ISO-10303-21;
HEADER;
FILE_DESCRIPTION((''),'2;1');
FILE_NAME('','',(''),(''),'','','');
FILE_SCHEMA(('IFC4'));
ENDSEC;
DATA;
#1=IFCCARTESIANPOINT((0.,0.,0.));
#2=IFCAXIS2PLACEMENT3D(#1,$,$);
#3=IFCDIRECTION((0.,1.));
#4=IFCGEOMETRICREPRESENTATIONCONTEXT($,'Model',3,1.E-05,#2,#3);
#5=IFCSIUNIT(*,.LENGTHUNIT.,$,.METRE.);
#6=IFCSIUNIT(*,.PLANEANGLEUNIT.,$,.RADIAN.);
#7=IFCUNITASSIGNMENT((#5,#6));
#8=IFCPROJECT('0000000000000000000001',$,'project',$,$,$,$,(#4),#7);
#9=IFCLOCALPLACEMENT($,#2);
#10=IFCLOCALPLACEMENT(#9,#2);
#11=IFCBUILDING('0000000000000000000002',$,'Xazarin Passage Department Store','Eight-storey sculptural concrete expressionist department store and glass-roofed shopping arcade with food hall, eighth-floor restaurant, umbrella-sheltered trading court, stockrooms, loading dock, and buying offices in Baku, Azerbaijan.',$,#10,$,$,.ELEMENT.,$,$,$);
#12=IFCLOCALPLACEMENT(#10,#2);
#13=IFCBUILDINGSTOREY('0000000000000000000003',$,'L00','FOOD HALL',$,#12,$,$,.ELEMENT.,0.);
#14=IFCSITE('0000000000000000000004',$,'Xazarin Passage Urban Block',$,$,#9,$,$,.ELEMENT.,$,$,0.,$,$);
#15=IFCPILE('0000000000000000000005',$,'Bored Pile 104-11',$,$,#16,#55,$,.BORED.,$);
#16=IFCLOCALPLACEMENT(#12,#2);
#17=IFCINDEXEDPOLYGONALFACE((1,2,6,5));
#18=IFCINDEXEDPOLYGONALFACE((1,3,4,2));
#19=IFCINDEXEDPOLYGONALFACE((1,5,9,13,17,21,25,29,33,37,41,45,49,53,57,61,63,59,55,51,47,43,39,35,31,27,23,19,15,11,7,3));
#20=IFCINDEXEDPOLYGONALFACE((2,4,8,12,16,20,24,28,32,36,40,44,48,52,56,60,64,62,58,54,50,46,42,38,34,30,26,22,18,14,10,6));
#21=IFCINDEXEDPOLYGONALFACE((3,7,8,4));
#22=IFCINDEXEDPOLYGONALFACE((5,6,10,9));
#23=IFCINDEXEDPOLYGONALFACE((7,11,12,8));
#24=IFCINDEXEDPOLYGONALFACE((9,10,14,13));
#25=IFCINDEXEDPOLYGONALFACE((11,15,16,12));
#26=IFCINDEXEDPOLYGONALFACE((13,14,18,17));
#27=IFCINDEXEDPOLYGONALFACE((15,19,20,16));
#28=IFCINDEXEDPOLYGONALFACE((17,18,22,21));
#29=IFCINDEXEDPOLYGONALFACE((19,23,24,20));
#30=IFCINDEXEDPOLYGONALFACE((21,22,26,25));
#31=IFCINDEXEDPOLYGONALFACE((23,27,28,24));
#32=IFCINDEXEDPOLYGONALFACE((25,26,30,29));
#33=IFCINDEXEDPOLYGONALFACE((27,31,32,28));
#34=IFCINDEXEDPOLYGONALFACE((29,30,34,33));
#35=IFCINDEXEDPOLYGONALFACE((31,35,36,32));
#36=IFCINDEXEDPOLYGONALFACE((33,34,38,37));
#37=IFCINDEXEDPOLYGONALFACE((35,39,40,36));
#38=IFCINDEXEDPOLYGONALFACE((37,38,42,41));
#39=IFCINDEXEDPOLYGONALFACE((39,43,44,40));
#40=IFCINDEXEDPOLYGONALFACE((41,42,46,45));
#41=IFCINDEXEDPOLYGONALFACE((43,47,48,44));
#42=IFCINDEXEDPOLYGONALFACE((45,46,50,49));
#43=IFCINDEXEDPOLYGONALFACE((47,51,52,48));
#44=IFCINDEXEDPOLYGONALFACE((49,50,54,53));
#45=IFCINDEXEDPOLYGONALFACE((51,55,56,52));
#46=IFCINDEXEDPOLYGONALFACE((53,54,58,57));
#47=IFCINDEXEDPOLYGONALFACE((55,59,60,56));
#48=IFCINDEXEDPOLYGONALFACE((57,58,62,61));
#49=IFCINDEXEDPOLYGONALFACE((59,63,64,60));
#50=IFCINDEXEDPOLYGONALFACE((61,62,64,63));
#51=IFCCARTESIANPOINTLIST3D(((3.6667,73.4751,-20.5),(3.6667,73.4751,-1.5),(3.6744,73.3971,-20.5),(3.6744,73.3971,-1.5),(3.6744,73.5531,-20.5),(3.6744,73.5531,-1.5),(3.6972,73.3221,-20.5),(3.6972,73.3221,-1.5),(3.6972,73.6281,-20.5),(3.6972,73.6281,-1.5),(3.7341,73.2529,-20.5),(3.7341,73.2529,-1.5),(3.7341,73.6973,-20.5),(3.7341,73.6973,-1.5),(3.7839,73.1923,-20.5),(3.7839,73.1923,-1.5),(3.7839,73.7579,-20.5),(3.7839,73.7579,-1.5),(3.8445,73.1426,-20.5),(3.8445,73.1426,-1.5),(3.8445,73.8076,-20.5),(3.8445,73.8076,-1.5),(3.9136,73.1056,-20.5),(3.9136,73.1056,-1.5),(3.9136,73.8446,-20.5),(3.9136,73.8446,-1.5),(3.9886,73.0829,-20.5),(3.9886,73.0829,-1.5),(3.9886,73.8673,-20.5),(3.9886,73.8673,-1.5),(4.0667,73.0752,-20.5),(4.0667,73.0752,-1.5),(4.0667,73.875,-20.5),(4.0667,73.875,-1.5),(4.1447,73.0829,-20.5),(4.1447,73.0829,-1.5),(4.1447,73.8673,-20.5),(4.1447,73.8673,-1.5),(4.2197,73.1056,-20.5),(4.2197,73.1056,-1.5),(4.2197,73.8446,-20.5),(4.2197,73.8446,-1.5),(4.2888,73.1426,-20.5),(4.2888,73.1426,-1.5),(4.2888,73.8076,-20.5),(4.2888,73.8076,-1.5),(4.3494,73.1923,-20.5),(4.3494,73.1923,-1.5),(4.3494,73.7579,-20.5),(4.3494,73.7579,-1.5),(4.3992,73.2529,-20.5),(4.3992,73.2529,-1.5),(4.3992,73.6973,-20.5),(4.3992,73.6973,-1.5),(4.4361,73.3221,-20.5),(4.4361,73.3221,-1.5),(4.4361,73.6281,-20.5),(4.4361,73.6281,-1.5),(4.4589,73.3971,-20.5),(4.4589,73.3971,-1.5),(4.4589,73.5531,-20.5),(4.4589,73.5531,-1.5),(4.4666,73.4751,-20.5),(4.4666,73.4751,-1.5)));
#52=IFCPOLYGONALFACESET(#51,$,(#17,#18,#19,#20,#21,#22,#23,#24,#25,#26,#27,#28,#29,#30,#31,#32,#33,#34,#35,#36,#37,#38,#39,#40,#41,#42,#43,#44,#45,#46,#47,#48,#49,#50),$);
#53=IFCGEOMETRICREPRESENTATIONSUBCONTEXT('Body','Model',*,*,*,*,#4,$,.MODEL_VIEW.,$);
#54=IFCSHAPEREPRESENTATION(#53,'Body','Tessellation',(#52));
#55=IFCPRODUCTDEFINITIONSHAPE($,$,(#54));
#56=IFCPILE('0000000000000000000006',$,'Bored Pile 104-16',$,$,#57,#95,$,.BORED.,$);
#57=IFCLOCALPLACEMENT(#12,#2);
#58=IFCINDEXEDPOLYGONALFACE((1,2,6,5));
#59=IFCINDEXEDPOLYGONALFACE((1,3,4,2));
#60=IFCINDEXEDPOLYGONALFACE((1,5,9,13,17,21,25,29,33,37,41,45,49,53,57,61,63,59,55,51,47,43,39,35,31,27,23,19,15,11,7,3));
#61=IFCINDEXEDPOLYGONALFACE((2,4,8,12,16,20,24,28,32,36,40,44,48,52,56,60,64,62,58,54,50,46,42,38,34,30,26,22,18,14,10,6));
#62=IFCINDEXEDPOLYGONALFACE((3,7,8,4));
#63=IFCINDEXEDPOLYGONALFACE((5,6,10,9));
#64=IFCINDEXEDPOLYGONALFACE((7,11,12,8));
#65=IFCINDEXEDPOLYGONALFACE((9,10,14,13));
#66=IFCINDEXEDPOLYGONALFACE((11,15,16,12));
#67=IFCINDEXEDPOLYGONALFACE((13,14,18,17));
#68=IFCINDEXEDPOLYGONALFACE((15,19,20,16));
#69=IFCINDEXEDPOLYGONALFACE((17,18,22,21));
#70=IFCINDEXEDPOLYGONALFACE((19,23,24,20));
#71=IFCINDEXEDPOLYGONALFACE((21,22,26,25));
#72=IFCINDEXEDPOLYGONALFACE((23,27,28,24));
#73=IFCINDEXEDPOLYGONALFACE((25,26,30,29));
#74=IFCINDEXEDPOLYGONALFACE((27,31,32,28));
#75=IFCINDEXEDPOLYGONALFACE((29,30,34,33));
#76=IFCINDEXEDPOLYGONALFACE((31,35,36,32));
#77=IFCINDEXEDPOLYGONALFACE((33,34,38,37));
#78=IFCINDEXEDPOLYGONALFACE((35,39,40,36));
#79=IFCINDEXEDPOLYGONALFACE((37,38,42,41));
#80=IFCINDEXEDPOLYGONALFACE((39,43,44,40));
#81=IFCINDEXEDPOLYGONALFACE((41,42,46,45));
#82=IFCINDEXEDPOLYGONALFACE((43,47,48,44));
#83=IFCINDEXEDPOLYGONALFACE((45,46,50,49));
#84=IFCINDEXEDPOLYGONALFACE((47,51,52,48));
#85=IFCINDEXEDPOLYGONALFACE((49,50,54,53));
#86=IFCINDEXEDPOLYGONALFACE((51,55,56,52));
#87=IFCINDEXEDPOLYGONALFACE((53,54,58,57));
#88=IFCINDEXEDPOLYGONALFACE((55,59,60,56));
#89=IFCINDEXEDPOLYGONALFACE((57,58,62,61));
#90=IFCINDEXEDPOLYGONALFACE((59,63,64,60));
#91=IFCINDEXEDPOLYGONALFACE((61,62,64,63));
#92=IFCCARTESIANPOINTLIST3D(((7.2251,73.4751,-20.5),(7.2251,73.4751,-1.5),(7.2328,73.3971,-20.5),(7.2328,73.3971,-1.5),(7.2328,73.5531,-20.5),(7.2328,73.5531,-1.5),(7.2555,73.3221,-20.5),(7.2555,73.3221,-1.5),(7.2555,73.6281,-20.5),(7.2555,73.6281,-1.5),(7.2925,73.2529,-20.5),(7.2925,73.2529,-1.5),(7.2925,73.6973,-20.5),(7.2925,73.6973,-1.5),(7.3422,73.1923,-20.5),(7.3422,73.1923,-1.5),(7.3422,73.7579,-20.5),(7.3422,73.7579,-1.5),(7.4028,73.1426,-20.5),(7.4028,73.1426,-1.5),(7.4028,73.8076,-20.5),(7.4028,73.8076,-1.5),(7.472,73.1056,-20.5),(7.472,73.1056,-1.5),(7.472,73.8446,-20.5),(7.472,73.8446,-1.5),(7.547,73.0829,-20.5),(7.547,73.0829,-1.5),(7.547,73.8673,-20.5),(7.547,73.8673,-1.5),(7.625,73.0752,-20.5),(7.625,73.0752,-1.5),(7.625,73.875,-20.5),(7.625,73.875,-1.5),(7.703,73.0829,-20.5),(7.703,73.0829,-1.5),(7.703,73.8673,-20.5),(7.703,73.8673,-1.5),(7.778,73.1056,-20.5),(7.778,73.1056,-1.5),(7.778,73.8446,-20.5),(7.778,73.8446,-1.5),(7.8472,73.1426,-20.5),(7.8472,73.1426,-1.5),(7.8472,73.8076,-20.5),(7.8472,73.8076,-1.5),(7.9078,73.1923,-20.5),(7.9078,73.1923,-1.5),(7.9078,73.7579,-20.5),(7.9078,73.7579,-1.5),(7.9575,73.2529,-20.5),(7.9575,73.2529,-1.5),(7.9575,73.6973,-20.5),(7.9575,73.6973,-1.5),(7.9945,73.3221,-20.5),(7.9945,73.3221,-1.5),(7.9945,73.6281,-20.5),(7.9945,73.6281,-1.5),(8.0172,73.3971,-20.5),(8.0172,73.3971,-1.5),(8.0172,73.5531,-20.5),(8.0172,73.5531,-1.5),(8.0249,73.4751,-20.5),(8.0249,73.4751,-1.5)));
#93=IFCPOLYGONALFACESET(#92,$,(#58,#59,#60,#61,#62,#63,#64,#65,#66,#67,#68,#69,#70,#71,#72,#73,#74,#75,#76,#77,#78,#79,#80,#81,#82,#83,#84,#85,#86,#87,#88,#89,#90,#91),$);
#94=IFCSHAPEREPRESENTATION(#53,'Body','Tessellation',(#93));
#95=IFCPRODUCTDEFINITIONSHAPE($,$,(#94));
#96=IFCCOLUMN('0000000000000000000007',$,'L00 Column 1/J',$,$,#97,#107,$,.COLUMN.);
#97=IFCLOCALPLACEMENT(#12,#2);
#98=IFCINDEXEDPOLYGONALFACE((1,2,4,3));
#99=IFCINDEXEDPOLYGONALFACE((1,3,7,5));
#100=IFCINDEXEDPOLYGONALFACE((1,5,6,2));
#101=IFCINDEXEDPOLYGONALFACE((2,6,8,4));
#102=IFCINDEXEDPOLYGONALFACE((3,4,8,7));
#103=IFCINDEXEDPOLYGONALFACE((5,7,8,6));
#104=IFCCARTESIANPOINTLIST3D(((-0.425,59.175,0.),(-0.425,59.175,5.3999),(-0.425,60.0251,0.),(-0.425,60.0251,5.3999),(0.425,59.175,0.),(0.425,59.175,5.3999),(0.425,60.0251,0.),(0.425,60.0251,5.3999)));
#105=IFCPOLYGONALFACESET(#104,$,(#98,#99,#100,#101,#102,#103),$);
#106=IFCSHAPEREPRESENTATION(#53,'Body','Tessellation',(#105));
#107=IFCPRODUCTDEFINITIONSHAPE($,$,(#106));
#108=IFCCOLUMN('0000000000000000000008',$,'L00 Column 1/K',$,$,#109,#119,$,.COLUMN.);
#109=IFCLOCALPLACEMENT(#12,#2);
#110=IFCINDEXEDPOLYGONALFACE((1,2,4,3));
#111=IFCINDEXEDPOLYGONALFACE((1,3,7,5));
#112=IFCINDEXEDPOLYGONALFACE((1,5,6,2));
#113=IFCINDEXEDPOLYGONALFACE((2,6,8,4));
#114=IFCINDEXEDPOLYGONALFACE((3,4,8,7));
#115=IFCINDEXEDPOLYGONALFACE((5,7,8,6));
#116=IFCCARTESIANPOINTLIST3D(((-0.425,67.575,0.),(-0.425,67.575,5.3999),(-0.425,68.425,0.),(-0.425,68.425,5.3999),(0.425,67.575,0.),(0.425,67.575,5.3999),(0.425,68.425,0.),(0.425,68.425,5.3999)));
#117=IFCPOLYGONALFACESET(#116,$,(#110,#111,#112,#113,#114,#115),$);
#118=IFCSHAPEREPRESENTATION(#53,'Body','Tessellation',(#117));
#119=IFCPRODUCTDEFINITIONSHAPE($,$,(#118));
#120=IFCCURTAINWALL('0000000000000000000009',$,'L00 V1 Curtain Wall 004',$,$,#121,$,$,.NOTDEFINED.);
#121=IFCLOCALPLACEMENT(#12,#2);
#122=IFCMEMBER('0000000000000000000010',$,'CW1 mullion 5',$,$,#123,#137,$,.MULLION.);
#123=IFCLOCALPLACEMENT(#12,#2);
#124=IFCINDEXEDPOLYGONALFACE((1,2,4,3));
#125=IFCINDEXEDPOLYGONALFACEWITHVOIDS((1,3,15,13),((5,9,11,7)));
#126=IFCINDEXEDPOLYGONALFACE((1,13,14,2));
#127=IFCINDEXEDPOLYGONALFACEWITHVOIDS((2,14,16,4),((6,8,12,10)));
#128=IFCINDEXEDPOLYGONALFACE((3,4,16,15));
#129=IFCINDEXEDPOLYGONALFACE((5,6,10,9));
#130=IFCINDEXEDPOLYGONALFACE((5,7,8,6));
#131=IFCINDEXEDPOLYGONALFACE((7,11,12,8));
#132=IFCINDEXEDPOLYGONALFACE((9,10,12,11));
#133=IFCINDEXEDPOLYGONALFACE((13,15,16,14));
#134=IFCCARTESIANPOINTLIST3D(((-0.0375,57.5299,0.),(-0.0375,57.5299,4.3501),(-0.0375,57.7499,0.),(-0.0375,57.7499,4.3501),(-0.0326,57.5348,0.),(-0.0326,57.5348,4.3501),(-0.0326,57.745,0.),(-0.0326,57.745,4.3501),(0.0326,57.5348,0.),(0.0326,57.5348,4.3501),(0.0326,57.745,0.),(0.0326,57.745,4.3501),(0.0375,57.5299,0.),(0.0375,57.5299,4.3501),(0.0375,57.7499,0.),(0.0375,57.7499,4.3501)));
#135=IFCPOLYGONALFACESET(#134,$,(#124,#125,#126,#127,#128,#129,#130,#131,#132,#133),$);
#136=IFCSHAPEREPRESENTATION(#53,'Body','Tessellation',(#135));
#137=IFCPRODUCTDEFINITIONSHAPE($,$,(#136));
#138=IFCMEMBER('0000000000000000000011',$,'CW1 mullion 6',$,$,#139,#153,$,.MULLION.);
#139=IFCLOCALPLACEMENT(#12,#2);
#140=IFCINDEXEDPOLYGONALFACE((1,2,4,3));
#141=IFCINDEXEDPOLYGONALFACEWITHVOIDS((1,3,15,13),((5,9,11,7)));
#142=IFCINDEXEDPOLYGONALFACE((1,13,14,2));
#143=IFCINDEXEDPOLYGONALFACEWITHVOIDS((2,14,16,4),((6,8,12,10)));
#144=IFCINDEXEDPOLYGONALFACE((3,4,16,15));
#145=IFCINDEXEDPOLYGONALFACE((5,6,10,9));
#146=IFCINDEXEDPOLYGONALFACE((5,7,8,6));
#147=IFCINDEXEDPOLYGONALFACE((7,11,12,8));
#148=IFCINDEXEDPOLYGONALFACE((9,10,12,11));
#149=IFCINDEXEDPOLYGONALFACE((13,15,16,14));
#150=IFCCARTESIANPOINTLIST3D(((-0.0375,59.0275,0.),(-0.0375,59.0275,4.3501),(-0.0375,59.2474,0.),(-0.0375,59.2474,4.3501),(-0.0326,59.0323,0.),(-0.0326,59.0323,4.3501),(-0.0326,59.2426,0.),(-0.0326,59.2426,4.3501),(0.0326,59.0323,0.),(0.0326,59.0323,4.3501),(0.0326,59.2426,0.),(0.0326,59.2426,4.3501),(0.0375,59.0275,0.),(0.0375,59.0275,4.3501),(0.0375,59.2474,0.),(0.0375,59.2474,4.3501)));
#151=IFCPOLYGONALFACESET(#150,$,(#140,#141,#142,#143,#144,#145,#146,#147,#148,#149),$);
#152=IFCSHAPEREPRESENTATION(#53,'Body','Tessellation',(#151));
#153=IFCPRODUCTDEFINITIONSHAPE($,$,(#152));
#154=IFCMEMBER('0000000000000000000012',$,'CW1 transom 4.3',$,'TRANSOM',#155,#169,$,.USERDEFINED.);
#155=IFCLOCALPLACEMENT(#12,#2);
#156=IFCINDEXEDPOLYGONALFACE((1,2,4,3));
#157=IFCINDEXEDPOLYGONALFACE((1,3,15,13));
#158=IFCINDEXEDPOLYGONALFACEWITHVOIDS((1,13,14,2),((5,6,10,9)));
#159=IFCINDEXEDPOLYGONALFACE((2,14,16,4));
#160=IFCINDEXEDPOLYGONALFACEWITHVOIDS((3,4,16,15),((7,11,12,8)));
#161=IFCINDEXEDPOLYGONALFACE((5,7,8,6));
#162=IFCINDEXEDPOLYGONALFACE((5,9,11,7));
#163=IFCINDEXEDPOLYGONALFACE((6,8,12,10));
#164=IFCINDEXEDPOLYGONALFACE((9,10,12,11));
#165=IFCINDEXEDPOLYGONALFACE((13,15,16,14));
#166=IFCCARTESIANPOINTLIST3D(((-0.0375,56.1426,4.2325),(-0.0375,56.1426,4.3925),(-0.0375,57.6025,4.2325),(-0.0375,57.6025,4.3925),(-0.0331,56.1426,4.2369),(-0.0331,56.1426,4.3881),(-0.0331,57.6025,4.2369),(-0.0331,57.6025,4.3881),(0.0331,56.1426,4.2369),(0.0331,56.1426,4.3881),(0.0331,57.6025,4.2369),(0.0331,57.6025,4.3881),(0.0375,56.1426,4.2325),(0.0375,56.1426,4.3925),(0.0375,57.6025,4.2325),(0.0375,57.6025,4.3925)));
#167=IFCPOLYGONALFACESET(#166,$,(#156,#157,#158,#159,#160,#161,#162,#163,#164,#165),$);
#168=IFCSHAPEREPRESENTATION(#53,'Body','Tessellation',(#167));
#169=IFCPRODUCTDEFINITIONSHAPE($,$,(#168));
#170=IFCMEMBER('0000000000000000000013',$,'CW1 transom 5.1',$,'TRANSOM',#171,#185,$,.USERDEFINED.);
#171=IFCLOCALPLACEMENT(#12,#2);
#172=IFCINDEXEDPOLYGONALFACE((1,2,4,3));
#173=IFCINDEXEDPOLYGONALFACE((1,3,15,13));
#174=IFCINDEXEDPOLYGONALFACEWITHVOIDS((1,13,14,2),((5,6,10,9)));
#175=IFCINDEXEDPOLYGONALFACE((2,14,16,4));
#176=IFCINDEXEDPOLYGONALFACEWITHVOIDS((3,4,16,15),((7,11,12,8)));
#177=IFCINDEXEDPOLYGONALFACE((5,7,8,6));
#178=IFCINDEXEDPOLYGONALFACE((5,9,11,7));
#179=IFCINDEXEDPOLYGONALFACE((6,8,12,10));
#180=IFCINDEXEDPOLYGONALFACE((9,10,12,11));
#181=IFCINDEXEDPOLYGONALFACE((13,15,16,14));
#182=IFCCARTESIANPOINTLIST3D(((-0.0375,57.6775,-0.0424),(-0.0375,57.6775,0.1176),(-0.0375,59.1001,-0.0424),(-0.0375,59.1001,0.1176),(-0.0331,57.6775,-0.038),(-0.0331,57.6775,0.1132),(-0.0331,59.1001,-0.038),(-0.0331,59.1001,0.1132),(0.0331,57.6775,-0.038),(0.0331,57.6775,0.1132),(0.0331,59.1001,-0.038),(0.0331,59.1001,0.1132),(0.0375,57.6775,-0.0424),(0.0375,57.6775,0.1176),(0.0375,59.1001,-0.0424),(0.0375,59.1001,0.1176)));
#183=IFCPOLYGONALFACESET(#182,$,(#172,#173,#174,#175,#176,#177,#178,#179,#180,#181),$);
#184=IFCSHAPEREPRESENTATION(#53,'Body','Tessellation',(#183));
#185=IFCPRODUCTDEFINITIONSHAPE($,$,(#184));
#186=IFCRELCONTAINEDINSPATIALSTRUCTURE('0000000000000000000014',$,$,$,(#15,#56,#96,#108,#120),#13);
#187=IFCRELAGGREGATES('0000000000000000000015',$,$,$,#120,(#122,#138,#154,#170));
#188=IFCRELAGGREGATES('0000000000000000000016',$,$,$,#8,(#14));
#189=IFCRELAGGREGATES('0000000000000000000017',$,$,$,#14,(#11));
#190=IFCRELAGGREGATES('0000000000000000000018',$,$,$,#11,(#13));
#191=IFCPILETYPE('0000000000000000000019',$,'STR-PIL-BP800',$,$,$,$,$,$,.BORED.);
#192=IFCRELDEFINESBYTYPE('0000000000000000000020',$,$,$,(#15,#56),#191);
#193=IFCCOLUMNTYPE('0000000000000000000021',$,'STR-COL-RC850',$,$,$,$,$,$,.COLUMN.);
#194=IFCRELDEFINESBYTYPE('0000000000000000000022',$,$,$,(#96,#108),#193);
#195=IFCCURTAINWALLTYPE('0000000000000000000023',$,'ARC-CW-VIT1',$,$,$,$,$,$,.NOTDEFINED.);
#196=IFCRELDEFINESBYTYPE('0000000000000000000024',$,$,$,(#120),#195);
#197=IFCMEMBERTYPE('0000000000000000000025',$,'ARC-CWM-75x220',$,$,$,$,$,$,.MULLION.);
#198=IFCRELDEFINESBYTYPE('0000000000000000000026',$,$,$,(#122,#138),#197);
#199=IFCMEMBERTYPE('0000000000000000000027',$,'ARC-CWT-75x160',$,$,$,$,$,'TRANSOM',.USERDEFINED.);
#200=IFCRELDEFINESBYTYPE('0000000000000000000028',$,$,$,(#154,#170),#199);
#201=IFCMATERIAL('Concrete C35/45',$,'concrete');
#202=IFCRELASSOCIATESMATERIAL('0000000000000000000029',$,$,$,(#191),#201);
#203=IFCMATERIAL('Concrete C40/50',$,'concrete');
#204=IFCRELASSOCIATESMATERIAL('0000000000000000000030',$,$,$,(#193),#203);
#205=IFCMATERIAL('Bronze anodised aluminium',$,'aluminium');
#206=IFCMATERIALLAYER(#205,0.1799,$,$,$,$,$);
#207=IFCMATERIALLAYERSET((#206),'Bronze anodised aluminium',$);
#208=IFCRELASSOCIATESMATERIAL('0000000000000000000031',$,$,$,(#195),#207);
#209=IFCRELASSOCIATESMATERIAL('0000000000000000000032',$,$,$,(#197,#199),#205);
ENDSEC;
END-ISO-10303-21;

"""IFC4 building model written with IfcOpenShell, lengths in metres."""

from ifc_helpers import new_model, si_unit, direction, frame, origin, origin_2d, place, context, subcontext, project, spatial, rectangle, hollow_rectangle, circle, extrude, material, layer, layer_set, material_profile, profile_set, type_object, element, aggregate, save


model = new_model("IFC4")

# Units and contexts
model_context = context("Model", 3, precision=1e-05, world=origin(), true_north=direction((0.0, 1.0)))
body_context = subcontext(model_context, "Body", "Model", "MODEL_VIEW")
ifc_project = project(units=[si_unit("LENGTHUNIT", "METRE"), si_unit("PLANEANGLEUNIT", "RADIAN")], contexts=[model_context])

# Site, building, storey
site_placement = place(None, origin())
site = spatial("IfcSite", under=ifc_project, at=site_placement, Name="Xazarin Passage Urban Block", CompositionType="ELEMENT", RefElevation=0.0)
building_placement = place(site_placement, origin())
building = spatial("IfcBuilding", under=site, at=building_placement, Name="Xazarin Passage Department Store", Description="Eight-storey sculptural concrete expressionist department store and glass-roofed shopping arcade with food hall, eighth-floor restaurant, umbrella-sheltered trading court, stockrooms, loading dock, and buying offices in Baku, Azerbaijan.", CompositionType="ELEMENT")
storey_placement = place(building_placement, origin())
storey = spatial("IfcBuildingStorey", under=building, at=storey_placement, Name="L00", Description="FOOD HALL", CompositionType="ELEMENT", Elevation=0.0)

# Shared definitions
ifc_material_1 = material(Name="Concrete C35/45", Category="concrete")

# Piles
ifc_material_profile_1 = material_profile(ifc_material_1, circle(Radius=0.3999, at=origin_2d()), Name="BP 800")
ifc_profile_set_1 = profile_set([ifc_material_profile_1], Name="Concrete C35/45")
pile_type_1 = type_object("IfcPileType", Name="STR-PIL-BP800", PredefinedType="BORED", material=ifc_profile_set_1)
for number, where, z_axis, x_axis, name in (
    (1, (4.0667, 73.4751, -1.5), (0.0, 0.0, -1.0), (1.0, 0.0, 0.0), "Bored Pile 104-11"),
    (2, (7.625, 73.4751, -1.5), (0.0, 0.0, -1.0), (1.0, 0.0, 0.0), "Bored Pile 104-16"),
):
    element("IfcPile", number, at=place(storey_placement, frame(where, z_axis=z_axis, x_axis=x_axis)), inside=storey, type_object=pile_type_1, Name=name, PredefinedType="BORED", context=body_context, shape_type="SweptSolid", body=[
        extrude(circle(Radius=0.3999, at=origin_2d()), origin(), (0.0, 0.0, 1.0), 19.0),
    ])

# Columns
ifc_material_2 = material(Name="Concrete C40/50", Category="concrete")
ifc_material_profile_2 = material_profile(ifc_material_2, rectangle(XDim=0.8501, YDim=0.8501, at=origin_2d()), Name="RC 850x850")
ifc_profile_set_2 = profile_set([ifc_material_profile_2], Name="Concrete C40/50")
column_type = type_object("IfcColumnType", Name="STR-COL-RC850", PredefinedType="COLUMN", material=ifc_profile_set_2)
for number, where, z_axis, x_axis, name in (
    (3, (0.0, 59.6001, 0.0), (0.0, 0.0, 1.0), (1.0, 0.0, 0.0), "L00 Column 1/J"),
    (4, (0.0, 68.0, 0.0), (0.0, 0.0, 1.0), (1.0, 0.0, 0.0), "L00 Column 1/K"),
):
    element("IfcColumn", number, at=place(storey_placement, frame(where, z_axis=z_axis, x_axis=x_axis)), inside=storey, type_object=column_type, Name=name, PredefinedType="COLUMN", context=body_context, shape_type="SweptSolid", body=[
        extrude(rectangle(XDim=0.8501, YDim=0.8501, at=origin_2d()), origin(), (0.0, 0.0, 1.0), 5.3999),
    ])

# Curtain wall, members
ifc_material_3 = material(Name="Bronze anodised aluminium", Category="aluminium")
ifc_layer_1 = layer(ifc_material_3, 0.1799)
ifc_layer_set_1 = layer_set([ifc_layer_1], Name="Bronze anodised aluminium")
curtain_wall_type = type_object("IfcCurtainWallType", Name="ARC-CW-VIT1", PredefinedType="NOTDEFINED", material=ifc_layer_set_1)
curtain_wall_placement = place(storey_placement, origin())
curtain_wall = element("IfcCurtainWall", 5, at=curtain_wall_placement, inside=storey, type_object=curtain_wall_type, Name="L00 V1 Curtain Wall 004", PredefinedType="NOTDEFINED")
ifc_material_profile_3 = material_profile(ifc_material_3, hollow_rectangle(XDim=0.075, YDim=0.22, WallThickness=0.0049, at=origin_2d()), Name="ALU 75x220")
ifc_profile_set_3 = profile_set([ifc_material_profile_3], Name="Bronze anodised aluminium")
member_type_1 = type_object("IfcMemberType", Name="ARC-CWM-75x220", PredefinedType="MULLION", material=ifc_profile_set_3)
member_1_placement = place(storey_placement, frame((0.0, 57.6399, 0.0), z_axis=(0.0, 0.0, 1.0), x_axis=(-1.0, 0.0, 0.0)))
member_1 = element("IfcMember", 6, at=member_1_placement, type_object=member_type_1, Name="CW1 mullion 5", PredefinedType="MULLION", context=body_context, shape_type="SweptSolid", body=[
    extrude(hollow_rectangle(XDim=0.075, YDim=0.22, WallThickness=0.0049, at=origin_2d()), origin(), (0.0, 0.0, 1.0), 4.3501),
])
member_2_placement = place(storey_placement, frame((0.0, 59.1375, 0.0), z_axis=(0.0, 0.0, 1.0), x_axis=(-1.0, 0.0, 0.0)))
member_2 = element("IfcMember", 7, at=member_2_placement, type_object=member_type_1, Name="CW1 mullion 6", PredefinedType="MULLION", context=body_context, shape_type="SweptSolid", body=[
    extrude(hollow_rectangle(XDim=0.075, YDim=0.22, WallThickness=0.0049, at=origin_2d()), origin(), (0.0, 0.0, 1.0), 4.3501),
])
ifc_material_profile_4 = material_profile(ifc_material_3, hollow_rectangle(XDim=0.075, YDim=0.1599, WallThickness=0.0044, at=origin_2d()), Name="ALU 75x160")
ifc_profile_set_4 = profile_set([ifc_material_profile_4], Name="Bronze anodised aluminium")
member_type_2 = type_object("IfcMemberType", Name="ARC-CWT-75x160", ElementType="TRANSOM", PredefinedType="USERDEFINED", material=ifc_profile_set_4)
member_3_placement = place(storey_placement, frame((0.0, 56.1426, 4.3125), z_axis=(0.0, 1.0, 0.0), x_axis=(-1.0, 0.0, 0.0)))
member_3 = element("IfcMember", 8, at=member_3_placement, type_object=member_type_2, Name="CW1 transom 4.3", ObjectType="TRANSOM", PredefinedType="USERDEFINED", context=body_context, shape_type="SweptSolid", body=[
    extrude(hollow_rectangle(XDim=0.075, YDim=0.1599, WallThickness=0.0044, at=origin_2d()), origin(), (0.0, 0.0, 1.0), 1.46),
])
member_4_placement = place(storey_placement, frame((0.0, 57.6775, 0.0376), z_axis=(0.0, 1.0, 0.0), x_axis=(-1.0, 0.0, 0.0)))
member_4 = element("IfcMember", 9, at=member_4_placement, type_object=member_type_2, Name="CW1 transom 5.1", ObjectType="TRANSOM", PredefinedType="USERDEFINED", context=body_context, shape_type="SweptSolid", body=[
    extrude(hollow_rectangle(XDim=0.075, YDim=0.1599, WallThickness=0.0044, at=origin_2d()), origin(), (0.0, 0.0, 1.0), 1.4226),
])
aggregate(curtain_wall, [member_1, member_2, member_3, member_4])

save(model, "model.ifc")
